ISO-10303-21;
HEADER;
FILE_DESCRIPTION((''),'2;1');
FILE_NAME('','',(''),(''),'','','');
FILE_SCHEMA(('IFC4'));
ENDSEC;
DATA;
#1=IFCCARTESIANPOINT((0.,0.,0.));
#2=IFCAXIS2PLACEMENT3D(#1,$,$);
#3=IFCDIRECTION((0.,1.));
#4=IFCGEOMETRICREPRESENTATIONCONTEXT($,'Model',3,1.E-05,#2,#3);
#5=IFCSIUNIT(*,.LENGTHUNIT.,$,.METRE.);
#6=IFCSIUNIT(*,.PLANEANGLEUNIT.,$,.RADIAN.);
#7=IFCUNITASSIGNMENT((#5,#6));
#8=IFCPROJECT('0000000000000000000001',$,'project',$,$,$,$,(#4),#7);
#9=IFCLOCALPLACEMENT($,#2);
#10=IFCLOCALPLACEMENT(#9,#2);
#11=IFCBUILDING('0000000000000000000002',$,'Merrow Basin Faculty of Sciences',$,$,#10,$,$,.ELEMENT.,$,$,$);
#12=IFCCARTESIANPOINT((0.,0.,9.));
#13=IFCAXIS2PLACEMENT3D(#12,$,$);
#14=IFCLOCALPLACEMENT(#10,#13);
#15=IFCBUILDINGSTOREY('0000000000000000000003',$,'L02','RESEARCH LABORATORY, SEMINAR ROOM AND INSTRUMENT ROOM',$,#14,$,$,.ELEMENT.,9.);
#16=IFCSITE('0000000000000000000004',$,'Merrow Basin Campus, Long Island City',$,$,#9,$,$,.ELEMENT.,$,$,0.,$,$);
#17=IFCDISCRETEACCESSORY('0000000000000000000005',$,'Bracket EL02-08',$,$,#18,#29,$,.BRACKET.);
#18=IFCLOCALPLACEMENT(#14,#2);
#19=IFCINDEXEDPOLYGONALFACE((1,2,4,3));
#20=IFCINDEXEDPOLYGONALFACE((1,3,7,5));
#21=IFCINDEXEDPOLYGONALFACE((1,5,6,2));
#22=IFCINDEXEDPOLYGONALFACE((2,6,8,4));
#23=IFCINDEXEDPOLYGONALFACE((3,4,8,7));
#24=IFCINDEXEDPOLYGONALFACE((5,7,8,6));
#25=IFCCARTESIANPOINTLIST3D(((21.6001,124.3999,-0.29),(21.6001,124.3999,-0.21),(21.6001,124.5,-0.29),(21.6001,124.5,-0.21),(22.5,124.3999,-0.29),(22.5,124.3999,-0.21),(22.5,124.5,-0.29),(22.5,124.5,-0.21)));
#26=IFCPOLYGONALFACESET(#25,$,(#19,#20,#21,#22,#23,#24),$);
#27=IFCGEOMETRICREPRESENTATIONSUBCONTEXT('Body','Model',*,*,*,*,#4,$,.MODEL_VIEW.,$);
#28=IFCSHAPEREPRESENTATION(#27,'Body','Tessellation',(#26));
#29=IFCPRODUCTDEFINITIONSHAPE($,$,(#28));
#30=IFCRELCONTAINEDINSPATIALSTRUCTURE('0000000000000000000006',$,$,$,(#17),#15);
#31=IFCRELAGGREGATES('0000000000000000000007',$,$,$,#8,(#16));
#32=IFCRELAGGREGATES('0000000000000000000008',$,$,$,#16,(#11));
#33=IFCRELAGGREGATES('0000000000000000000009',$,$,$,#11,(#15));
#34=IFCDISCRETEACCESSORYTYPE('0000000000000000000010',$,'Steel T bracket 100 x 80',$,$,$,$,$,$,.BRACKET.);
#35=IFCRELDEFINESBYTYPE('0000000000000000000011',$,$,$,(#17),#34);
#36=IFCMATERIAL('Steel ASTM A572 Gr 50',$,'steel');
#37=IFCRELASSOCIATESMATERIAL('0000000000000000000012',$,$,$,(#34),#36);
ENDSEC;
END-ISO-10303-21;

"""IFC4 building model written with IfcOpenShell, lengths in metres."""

from ifc_helpers import new_model, si_unit, direction, frame, origin, place, context, subcontext, project, spatial, polyline, outline, extrude, source, transform, mapped, material, type_object, element, save


model = new_model("IFC4")

# Units and contexts
model_context = context("Model", 3, precision=1e-05, world=origin(), true_north=direction((0.0, 1.0)))
body_context = subcontext(model_context, "Body", "Model", "MODEL_VIEW")
ifc_project = project(units=[si_unit("LENGTHUNIT", "METRE"), si_unit("PLANEANGLEUNIT", "RADIAN")], contexts=[model_context])

# Site, building, storey
site_placement = place(None, origin())
site = spatial("IfcSite", under=ifc_project, at=site_placement, Name="Merrow Basin Campus, Long Island City", CompositionType="ELEMENT", RefElevation=0.0)
building_placement = place(site_placement, origin())
building = spatial("IfcBuilding", under=site, at=building_placement, Name="Merrow Basin Faculty of Sciences", CompositionType="ELEMENT")
storey_placement = place(building_placement, frame((0.0, 0.0, 9.0)))
storey = spatial("IfcBuildingStorey", under=building, at=storey_placement, Name="L02", Description="RESEARCH LABORATORY, SEMINAR ROOM AND INSTRUMENT ROOM", CompositionType="ELEMENT", Elevation=9.0)

# Discrete accessory
ifc_material_1 = material(Name="Steel ASTM A572 Gr 50", Category="steel")
discrete_accessory_type = type_object("IfcDiscreteAccessoryType", Name="Steel T bracket 100 x 80", PredefinedType="BRACKET", material=ifc_material_1)
shared_shape_1 = source(origin(), body_context, "Body", "SweptSolid", [
    extrude(outline(polyline([(0.0, 0.0), (0.1001, 0.0), (0.1001, 0.0801), (0.0, 0.0801), (0.0, 0.0)])), origin(), (0.0, 0.0, 1.0), 0.8999),
])
for number, where, z_axis, x_axis, name in (
    (1, (22.5, 124.5, -0.29), (-1.0, 0.0, 0.0), (0.0, -1.0, 0.0), "Bracket EL02-08"),
):
    element("IfcDiscreteAccessory", number, at=place(storey_placement, frame(where, z_axis=z_axis, x_axis=x_axis)), inside=storey, type_object=discrete_accessory_type, Name=name, PredefinedType="BRACKET", context=body_context, shape_type="MappedRepresentation", body=[
        mapped(shared_shape_1, transform((0.0, 0.0, 0.0), scale=1.0)),
    ])

save(model, "model.ifc")
